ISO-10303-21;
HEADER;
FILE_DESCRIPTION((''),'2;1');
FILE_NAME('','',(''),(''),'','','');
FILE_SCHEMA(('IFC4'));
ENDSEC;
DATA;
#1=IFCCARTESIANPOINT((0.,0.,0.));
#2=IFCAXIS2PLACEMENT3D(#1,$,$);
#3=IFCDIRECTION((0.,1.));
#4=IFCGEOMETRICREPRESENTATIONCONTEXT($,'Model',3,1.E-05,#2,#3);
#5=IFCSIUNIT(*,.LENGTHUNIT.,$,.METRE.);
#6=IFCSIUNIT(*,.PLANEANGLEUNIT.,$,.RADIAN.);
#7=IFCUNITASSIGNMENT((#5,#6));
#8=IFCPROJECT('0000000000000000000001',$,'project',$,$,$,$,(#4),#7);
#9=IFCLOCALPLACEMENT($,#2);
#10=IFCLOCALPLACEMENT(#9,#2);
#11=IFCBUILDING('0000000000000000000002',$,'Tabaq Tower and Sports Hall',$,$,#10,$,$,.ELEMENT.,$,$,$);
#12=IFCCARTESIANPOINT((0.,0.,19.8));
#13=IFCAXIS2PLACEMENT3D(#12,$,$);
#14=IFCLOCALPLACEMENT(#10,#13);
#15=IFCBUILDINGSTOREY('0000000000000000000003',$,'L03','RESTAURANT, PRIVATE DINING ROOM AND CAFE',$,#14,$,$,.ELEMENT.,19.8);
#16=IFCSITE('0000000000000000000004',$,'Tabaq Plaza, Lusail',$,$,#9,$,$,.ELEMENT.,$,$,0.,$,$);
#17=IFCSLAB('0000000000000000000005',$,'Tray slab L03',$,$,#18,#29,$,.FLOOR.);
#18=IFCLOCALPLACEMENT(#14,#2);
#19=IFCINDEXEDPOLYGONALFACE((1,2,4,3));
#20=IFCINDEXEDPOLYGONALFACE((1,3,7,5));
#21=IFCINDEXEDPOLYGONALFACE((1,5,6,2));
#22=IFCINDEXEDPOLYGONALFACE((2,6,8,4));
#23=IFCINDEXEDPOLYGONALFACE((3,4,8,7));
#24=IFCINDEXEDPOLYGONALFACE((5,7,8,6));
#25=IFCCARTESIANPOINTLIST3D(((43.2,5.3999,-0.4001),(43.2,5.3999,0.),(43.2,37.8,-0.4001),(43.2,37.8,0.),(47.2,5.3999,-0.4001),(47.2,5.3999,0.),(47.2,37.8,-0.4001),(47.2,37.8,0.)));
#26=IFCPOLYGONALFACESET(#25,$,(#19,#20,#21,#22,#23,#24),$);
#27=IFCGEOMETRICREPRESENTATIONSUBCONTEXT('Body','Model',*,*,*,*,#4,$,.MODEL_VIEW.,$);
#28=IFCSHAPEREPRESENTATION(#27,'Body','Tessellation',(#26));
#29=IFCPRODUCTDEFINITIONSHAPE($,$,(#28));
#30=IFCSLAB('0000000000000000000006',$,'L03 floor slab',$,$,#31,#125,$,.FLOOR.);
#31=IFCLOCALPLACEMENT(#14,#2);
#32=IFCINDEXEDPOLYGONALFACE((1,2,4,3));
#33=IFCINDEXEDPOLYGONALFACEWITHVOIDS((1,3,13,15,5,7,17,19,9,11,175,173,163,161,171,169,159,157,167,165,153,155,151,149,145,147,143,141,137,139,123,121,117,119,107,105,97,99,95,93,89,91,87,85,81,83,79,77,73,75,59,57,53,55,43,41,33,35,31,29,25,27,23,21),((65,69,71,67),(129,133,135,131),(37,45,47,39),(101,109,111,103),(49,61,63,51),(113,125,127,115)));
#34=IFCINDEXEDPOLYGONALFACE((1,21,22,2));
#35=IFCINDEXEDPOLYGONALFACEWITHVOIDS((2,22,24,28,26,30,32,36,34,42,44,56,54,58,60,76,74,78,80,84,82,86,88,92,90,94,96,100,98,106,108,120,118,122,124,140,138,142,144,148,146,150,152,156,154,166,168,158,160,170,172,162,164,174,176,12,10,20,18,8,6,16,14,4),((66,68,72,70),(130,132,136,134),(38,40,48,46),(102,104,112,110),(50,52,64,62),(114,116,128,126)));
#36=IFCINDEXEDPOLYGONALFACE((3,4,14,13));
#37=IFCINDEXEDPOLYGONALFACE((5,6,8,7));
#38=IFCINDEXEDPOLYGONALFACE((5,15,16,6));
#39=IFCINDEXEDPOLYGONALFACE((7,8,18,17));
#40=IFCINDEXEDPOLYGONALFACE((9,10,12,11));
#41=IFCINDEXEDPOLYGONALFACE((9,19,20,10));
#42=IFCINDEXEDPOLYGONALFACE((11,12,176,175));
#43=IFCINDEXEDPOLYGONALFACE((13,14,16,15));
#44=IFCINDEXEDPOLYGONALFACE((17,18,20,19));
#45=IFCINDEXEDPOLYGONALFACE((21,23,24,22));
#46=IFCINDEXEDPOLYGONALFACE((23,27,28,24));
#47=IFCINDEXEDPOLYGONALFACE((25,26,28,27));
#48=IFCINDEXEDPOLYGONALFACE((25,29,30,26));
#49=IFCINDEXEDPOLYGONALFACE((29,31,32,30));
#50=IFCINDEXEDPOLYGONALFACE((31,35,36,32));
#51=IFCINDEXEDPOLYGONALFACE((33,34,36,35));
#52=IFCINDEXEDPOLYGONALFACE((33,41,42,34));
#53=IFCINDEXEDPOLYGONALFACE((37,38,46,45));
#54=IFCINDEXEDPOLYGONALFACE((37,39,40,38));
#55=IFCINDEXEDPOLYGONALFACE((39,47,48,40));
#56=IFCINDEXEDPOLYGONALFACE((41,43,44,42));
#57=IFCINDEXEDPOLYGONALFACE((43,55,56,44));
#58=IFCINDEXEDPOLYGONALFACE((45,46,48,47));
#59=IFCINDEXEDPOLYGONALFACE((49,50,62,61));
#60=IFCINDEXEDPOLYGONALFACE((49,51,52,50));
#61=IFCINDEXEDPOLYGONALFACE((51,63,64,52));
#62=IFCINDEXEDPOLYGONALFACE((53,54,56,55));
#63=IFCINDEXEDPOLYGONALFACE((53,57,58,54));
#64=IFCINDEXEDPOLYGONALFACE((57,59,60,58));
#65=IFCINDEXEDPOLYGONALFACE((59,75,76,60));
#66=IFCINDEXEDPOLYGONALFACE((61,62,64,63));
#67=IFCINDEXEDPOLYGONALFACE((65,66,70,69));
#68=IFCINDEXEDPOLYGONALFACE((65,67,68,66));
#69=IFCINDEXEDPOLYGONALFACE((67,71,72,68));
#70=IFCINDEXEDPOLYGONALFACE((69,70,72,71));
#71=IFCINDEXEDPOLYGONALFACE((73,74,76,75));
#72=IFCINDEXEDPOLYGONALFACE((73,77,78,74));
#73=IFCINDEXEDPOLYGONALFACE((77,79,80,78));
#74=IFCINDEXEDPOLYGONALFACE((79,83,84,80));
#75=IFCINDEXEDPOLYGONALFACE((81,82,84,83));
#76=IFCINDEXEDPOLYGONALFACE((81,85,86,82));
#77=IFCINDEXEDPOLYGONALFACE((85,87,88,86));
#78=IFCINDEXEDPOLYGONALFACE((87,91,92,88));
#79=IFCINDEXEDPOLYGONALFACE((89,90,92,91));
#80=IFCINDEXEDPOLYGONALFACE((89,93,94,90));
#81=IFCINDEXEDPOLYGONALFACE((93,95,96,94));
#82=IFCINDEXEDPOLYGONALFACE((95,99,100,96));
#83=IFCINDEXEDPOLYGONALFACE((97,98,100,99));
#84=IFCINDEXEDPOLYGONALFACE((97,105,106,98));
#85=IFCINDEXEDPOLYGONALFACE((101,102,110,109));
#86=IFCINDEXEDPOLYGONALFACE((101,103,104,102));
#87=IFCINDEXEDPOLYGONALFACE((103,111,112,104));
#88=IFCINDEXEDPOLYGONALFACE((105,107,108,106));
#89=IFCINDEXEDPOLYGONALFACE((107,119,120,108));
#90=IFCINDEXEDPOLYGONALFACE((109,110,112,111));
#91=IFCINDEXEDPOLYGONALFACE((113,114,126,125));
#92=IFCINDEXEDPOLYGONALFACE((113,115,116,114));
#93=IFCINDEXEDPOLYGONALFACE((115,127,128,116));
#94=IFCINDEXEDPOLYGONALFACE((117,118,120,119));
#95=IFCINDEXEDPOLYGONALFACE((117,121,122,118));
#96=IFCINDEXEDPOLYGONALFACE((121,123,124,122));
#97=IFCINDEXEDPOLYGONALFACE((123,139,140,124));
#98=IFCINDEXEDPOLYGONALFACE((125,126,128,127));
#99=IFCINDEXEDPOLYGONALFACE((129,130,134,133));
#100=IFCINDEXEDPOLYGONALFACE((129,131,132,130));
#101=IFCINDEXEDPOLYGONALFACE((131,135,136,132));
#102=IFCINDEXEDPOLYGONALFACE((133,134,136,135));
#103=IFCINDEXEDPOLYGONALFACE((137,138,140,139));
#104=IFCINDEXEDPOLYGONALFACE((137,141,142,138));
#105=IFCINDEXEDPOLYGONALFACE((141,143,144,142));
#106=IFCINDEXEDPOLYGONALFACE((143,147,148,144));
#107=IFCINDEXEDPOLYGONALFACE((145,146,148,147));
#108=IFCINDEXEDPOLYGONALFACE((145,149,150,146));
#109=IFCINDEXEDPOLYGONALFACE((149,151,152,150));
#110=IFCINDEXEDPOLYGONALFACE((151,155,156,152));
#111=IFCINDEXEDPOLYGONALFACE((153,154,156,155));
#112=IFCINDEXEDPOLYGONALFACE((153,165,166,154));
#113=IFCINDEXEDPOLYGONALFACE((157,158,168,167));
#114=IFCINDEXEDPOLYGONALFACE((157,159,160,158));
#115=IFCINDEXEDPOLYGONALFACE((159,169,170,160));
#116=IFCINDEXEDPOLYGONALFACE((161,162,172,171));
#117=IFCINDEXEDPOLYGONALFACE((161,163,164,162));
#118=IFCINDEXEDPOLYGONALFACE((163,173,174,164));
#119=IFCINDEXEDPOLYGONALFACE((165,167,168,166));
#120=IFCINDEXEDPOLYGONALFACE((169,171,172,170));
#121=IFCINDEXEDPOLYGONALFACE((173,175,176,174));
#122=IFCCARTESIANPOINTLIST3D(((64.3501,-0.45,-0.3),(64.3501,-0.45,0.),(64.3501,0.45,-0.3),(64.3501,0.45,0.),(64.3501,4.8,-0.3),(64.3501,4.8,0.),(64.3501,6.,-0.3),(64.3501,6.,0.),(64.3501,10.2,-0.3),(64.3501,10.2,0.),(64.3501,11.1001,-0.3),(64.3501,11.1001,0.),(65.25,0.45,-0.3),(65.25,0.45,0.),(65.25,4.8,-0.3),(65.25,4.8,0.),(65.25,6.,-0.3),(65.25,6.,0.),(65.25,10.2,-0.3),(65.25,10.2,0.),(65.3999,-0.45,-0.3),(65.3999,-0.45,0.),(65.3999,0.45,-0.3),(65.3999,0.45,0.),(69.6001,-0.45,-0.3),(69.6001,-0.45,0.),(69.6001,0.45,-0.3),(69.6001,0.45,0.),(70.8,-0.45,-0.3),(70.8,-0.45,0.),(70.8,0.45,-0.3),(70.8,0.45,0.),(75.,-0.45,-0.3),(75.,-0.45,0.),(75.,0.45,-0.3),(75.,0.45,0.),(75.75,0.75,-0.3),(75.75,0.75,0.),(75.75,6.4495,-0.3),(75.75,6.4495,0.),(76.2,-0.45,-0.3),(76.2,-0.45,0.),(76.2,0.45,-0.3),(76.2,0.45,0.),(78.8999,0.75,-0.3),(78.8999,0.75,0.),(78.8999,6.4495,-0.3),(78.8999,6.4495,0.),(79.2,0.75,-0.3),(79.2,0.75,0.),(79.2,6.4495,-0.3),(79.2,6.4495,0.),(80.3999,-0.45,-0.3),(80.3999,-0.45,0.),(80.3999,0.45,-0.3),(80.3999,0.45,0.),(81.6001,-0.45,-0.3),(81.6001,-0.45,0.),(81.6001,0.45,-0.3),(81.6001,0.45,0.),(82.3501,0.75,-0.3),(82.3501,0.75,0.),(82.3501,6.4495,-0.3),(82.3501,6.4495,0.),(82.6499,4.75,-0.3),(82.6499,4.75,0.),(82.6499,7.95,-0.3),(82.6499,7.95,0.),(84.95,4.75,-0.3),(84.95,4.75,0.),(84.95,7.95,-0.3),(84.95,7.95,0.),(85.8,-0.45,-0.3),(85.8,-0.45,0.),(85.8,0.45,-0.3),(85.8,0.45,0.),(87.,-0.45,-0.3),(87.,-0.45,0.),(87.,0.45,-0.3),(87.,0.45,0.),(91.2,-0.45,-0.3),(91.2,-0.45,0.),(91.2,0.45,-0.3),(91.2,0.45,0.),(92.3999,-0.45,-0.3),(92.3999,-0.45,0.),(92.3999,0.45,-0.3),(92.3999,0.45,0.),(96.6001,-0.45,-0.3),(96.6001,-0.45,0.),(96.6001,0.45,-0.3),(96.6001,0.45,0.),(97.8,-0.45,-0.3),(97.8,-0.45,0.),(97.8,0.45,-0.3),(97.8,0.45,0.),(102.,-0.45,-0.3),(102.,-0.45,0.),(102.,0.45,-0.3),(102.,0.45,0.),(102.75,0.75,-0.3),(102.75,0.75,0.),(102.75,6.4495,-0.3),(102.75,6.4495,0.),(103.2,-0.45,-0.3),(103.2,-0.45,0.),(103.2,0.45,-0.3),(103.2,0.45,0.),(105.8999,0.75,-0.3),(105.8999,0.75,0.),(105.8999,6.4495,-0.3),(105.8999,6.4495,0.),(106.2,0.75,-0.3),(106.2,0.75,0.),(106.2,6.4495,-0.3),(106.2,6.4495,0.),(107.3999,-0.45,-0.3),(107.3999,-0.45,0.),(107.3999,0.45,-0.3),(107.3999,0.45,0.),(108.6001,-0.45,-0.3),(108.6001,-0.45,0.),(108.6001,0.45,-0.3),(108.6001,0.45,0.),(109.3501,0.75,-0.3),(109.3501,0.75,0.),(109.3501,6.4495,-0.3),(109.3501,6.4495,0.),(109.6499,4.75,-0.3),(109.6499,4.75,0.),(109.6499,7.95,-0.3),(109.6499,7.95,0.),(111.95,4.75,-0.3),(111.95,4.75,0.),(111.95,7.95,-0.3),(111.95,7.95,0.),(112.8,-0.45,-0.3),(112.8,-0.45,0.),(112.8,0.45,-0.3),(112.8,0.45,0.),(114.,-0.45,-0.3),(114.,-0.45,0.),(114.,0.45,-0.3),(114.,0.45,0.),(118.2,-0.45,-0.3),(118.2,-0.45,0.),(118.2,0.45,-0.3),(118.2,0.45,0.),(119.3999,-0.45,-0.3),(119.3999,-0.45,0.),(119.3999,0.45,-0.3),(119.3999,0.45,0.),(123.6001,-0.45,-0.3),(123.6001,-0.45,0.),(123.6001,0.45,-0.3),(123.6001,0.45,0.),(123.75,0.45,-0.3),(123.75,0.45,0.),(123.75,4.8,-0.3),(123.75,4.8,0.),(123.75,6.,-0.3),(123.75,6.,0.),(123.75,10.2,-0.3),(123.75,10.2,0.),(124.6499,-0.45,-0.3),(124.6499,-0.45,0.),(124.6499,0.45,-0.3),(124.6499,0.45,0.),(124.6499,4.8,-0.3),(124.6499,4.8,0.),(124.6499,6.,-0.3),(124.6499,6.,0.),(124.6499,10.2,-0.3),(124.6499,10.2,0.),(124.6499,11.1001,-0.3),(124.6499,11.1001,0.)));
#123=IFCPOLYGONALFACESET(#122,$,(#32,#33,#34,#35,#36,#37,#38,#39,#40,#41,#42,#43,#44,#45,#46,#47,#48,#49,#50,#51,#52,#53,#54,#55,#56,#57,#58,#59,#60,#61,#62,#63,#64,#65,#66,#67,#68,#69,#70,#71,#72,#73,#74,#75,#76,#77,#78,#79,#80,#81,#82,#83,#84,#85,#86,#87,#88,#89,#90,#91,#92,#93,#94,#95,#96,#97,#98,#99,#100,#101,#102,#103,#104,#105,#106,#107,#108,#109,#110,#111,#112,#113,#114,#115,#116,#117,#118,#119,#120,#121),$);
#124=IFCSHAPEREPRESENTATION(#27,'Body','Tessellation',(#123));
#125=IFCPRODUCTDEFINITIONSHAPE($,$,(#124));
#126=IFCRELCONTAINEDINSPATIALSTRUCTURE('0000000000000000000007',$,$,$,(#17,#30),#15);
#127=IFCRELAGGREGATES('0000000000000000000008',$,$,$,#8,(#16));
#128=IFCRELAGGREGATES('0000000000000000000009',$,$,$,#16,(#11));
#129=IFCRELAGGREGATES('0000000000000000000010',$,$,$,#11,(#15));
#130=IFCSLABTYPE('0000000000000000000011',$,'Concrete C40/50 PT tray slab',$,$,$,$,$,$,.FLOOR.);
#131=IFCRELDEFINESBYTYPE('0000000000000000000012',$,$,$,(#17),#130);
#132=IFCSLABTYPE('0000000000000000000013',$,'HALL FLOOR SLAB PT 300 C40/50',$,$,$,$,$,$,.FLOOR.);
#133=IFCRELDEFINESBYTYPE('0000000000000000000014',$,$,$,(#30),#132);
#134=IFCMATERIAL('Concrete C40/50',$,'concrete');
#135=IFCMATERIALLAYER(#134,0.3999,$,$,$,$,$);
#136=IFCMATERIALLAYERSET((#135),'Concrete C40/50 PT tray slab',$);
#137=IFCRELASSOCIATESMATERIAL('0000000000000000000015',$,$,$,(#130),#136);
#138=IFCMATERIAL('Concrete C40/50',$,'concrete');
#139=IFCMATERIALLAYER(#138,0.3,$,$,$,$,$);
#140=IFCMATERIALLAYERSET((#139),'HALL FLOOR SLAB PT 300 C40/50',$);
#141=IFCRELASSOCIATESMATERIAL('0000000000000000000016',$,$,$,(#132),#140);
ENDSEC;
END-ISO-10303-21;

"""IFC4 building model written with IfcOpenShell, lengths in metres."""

from ifc_helpers import new_model, si_unit, direction, frame, origin, place, context, subcontext, project, spatial, polyline, outline, extrude, material, layer, layer_set, type_object, element, save


model = new_model("IFC4")

# Units and contexts
model_context = context("Model", 3, precision=1e-05, world=origin(), true_north=direction((0.0, 1.0)))
body_context = subcontext(model_context, "Body", "Model", "MODEL_VIEW")
ifc_project = project(units=[si_unit("LENGTHUNIT", "METRE"), si_unit("PLANEANGLEUNIT", "RADIAN")], contexts=[model_context])

# Site, building, storey
site_placement = place(None, origin())
site = spatial("IfcSite", under=ifc_project, at=site_placement, Name="Tabaq Plaza, Lusail", CompositionType="ELEMENT", RefElevation=0.0)
building_placement = place(site_placement, origin())
building = spatial("IfcBuilding", under=site, at=building_placement, Name="Tabaq Tower and Sports Hall", CompositionType="ELEMENT")
storey_placement = place(building_placement, frame((0.0, 0.0, 19.8)))
storey = spatial("IfcBuildingStorey", under=building, at=storey_placement, Name="L03", Description="RESTAURANT, PRIVATE DINING ROOM AND CAFE", CompositionType="ELEMENT", Elevation=19.8)

# Slabs
ifc_material_1 = material(Name="Concrete C40/50", Category="concrete")
ifc_layer_1 = layer(ifc_material_1, 0.3999)
ifc_layer_set_1 = layer_set([ifc_layer_1], Name="Concrete C40/50 PT tray slab")
slab_type_1 = type_object("IfcSlabType", Name="Concrete C40/50 PT tray slab", PredefinedType="FLOOR", material=ifc_layer_set_1)
slab_1_placement = place(storey_placement, frame((0.0, 0.0, -0.4001)))
element("IfcSlab", 1, at=slab_1_placement, inside=storey, type_object=slab_type_1, Name="Tray slab L03", PredefinedType="FLOOR", context=body_context, shape_type="SweptSolid", body=[
    extrude(outline(polyline([(43.2, 5.3999), (43.2, 37.8), (47.2, 37.8), (47.2, 5.3999), (43.2, 5.3999)])), origin(), (0.0, 0.0, 1.0), 0.4001),
])
ifc_material_2 = material(Name="Concrete C40/50", Category="concrete")
ifc_layer_2 = layer(ifc_material_2, 0.3)
ifc_layer_set_2 = layer_set([ifc_layer_2], Name="HALL FLOOR SLAB PT 300 C40/50")
slab_type_2 = type_object("IfcSlabType", Name="HALL FLOOR SLAB PT 300 C40/50", PredefinedType="FLOOR", material=ifc_layer_set_2)
slab_2_placement = place(storey_placement, frame((0.0, 0.0, -0.3)))
element("IfcSlab", 2, at=slab_2_placement, inside=storey, type_object=slab_type_2, Name="L03 floor slab", PredefinedType="FLOOR", context=body_context, shape_type="SweptSolid", body=[
    extrude(outline(polyline([(76.2, 0.45), (76.2, -0.45), (75.0, -0.45), (75.0, 0.45), (70.8, 0.45), (70.8, -0.45), (69.6001, -0.45), (69.6001, 0.45), (65.3999, 0.45), (65.3999, -0.45), (64.3501, -0.45), (64.3501, 0.45), (65.25, 0.45), (65.25, 4.8), (64.3501, 4.8), (64.3501, 6.0), (65.25, 6.0), (65.25, 10.2), (64.3501, 10.2), (64.3501, 11.1001), (124.6499, 11.1001), (124.6499, 10.2), (123.75, 10.2), (123.75, 6.0), (124.6499, 6.0), (124.6499, 4.8), (123.75, 4.8), (123.75, 0.45), (124.6499, 0.45), (124.6499, -0.45), (123.6001, -0.45), (123.6001, 0.45), (119.3999, 0.45), (119.3999, -0.45), (118.2, -0.45), (118.2, 0.45), (114.0, 0.45), (114.0, -0.45), (112.8, -0.45), (112.8, 0.45), (108.6001, 0.45), (108.6001, -0.45), (107.3999, -0.45), (107.3999, 0.45), (103.2, 0.45), (103.2, -0.45), (102.0, -0.45), (102.0, 0.45), (97.8, 0.45), (97.8, -0.45), (96.6001, -0.45), (96.6001, 0.45), (92.3999, 0.45), (92.3999, -0.45), (91.2, -0.45), (91.2, 0.45), (87.0, 0.45), (87.0, -0.45), (85.8, -0.45), (85.8, 0.45), (81.6001, 0.45), (81.6001, -0.45), (80.3999, -0.45), (80.3999, 0.45), (76.2, 0.45)]), holes=[polyline([(82.6499, 4.75), (84.95, 4.75), (84.95, 7.95), (82.6499, 7.95), (82.6499, 4.75)]), polyline([(109.6499, 4.75), (111.95, 4.75), (111.95, 7.95), (109.6499, 7.95), (109.6499, 4.75)]), polyline([(75.75, 6.4495), (75.75, 0.75), (78.8999, 0.75), (78.8999, 6.4495), (75.75, 6.4495)]), polyline([(79.2, 6.4495), (79.2, 0.75), (82.3501, 0.75), (82.3501, 6.4495), (79.2, 6.4495)]), polyline([(102.75, 6.4495), (102.75, 0.75), (105.8999, 0.75), (105.8999, 6.4495), (102.75, 6.4495)]), polyline([(106.2, 6.4495), (106.2, 0.75), (109.3501, 0.75), (109.3501, 6.4495), (106.2, 6.4495)])]), origin(), (0.0, 0.0, 1.0), 0.3),
])

save(model, "model.ifc")
